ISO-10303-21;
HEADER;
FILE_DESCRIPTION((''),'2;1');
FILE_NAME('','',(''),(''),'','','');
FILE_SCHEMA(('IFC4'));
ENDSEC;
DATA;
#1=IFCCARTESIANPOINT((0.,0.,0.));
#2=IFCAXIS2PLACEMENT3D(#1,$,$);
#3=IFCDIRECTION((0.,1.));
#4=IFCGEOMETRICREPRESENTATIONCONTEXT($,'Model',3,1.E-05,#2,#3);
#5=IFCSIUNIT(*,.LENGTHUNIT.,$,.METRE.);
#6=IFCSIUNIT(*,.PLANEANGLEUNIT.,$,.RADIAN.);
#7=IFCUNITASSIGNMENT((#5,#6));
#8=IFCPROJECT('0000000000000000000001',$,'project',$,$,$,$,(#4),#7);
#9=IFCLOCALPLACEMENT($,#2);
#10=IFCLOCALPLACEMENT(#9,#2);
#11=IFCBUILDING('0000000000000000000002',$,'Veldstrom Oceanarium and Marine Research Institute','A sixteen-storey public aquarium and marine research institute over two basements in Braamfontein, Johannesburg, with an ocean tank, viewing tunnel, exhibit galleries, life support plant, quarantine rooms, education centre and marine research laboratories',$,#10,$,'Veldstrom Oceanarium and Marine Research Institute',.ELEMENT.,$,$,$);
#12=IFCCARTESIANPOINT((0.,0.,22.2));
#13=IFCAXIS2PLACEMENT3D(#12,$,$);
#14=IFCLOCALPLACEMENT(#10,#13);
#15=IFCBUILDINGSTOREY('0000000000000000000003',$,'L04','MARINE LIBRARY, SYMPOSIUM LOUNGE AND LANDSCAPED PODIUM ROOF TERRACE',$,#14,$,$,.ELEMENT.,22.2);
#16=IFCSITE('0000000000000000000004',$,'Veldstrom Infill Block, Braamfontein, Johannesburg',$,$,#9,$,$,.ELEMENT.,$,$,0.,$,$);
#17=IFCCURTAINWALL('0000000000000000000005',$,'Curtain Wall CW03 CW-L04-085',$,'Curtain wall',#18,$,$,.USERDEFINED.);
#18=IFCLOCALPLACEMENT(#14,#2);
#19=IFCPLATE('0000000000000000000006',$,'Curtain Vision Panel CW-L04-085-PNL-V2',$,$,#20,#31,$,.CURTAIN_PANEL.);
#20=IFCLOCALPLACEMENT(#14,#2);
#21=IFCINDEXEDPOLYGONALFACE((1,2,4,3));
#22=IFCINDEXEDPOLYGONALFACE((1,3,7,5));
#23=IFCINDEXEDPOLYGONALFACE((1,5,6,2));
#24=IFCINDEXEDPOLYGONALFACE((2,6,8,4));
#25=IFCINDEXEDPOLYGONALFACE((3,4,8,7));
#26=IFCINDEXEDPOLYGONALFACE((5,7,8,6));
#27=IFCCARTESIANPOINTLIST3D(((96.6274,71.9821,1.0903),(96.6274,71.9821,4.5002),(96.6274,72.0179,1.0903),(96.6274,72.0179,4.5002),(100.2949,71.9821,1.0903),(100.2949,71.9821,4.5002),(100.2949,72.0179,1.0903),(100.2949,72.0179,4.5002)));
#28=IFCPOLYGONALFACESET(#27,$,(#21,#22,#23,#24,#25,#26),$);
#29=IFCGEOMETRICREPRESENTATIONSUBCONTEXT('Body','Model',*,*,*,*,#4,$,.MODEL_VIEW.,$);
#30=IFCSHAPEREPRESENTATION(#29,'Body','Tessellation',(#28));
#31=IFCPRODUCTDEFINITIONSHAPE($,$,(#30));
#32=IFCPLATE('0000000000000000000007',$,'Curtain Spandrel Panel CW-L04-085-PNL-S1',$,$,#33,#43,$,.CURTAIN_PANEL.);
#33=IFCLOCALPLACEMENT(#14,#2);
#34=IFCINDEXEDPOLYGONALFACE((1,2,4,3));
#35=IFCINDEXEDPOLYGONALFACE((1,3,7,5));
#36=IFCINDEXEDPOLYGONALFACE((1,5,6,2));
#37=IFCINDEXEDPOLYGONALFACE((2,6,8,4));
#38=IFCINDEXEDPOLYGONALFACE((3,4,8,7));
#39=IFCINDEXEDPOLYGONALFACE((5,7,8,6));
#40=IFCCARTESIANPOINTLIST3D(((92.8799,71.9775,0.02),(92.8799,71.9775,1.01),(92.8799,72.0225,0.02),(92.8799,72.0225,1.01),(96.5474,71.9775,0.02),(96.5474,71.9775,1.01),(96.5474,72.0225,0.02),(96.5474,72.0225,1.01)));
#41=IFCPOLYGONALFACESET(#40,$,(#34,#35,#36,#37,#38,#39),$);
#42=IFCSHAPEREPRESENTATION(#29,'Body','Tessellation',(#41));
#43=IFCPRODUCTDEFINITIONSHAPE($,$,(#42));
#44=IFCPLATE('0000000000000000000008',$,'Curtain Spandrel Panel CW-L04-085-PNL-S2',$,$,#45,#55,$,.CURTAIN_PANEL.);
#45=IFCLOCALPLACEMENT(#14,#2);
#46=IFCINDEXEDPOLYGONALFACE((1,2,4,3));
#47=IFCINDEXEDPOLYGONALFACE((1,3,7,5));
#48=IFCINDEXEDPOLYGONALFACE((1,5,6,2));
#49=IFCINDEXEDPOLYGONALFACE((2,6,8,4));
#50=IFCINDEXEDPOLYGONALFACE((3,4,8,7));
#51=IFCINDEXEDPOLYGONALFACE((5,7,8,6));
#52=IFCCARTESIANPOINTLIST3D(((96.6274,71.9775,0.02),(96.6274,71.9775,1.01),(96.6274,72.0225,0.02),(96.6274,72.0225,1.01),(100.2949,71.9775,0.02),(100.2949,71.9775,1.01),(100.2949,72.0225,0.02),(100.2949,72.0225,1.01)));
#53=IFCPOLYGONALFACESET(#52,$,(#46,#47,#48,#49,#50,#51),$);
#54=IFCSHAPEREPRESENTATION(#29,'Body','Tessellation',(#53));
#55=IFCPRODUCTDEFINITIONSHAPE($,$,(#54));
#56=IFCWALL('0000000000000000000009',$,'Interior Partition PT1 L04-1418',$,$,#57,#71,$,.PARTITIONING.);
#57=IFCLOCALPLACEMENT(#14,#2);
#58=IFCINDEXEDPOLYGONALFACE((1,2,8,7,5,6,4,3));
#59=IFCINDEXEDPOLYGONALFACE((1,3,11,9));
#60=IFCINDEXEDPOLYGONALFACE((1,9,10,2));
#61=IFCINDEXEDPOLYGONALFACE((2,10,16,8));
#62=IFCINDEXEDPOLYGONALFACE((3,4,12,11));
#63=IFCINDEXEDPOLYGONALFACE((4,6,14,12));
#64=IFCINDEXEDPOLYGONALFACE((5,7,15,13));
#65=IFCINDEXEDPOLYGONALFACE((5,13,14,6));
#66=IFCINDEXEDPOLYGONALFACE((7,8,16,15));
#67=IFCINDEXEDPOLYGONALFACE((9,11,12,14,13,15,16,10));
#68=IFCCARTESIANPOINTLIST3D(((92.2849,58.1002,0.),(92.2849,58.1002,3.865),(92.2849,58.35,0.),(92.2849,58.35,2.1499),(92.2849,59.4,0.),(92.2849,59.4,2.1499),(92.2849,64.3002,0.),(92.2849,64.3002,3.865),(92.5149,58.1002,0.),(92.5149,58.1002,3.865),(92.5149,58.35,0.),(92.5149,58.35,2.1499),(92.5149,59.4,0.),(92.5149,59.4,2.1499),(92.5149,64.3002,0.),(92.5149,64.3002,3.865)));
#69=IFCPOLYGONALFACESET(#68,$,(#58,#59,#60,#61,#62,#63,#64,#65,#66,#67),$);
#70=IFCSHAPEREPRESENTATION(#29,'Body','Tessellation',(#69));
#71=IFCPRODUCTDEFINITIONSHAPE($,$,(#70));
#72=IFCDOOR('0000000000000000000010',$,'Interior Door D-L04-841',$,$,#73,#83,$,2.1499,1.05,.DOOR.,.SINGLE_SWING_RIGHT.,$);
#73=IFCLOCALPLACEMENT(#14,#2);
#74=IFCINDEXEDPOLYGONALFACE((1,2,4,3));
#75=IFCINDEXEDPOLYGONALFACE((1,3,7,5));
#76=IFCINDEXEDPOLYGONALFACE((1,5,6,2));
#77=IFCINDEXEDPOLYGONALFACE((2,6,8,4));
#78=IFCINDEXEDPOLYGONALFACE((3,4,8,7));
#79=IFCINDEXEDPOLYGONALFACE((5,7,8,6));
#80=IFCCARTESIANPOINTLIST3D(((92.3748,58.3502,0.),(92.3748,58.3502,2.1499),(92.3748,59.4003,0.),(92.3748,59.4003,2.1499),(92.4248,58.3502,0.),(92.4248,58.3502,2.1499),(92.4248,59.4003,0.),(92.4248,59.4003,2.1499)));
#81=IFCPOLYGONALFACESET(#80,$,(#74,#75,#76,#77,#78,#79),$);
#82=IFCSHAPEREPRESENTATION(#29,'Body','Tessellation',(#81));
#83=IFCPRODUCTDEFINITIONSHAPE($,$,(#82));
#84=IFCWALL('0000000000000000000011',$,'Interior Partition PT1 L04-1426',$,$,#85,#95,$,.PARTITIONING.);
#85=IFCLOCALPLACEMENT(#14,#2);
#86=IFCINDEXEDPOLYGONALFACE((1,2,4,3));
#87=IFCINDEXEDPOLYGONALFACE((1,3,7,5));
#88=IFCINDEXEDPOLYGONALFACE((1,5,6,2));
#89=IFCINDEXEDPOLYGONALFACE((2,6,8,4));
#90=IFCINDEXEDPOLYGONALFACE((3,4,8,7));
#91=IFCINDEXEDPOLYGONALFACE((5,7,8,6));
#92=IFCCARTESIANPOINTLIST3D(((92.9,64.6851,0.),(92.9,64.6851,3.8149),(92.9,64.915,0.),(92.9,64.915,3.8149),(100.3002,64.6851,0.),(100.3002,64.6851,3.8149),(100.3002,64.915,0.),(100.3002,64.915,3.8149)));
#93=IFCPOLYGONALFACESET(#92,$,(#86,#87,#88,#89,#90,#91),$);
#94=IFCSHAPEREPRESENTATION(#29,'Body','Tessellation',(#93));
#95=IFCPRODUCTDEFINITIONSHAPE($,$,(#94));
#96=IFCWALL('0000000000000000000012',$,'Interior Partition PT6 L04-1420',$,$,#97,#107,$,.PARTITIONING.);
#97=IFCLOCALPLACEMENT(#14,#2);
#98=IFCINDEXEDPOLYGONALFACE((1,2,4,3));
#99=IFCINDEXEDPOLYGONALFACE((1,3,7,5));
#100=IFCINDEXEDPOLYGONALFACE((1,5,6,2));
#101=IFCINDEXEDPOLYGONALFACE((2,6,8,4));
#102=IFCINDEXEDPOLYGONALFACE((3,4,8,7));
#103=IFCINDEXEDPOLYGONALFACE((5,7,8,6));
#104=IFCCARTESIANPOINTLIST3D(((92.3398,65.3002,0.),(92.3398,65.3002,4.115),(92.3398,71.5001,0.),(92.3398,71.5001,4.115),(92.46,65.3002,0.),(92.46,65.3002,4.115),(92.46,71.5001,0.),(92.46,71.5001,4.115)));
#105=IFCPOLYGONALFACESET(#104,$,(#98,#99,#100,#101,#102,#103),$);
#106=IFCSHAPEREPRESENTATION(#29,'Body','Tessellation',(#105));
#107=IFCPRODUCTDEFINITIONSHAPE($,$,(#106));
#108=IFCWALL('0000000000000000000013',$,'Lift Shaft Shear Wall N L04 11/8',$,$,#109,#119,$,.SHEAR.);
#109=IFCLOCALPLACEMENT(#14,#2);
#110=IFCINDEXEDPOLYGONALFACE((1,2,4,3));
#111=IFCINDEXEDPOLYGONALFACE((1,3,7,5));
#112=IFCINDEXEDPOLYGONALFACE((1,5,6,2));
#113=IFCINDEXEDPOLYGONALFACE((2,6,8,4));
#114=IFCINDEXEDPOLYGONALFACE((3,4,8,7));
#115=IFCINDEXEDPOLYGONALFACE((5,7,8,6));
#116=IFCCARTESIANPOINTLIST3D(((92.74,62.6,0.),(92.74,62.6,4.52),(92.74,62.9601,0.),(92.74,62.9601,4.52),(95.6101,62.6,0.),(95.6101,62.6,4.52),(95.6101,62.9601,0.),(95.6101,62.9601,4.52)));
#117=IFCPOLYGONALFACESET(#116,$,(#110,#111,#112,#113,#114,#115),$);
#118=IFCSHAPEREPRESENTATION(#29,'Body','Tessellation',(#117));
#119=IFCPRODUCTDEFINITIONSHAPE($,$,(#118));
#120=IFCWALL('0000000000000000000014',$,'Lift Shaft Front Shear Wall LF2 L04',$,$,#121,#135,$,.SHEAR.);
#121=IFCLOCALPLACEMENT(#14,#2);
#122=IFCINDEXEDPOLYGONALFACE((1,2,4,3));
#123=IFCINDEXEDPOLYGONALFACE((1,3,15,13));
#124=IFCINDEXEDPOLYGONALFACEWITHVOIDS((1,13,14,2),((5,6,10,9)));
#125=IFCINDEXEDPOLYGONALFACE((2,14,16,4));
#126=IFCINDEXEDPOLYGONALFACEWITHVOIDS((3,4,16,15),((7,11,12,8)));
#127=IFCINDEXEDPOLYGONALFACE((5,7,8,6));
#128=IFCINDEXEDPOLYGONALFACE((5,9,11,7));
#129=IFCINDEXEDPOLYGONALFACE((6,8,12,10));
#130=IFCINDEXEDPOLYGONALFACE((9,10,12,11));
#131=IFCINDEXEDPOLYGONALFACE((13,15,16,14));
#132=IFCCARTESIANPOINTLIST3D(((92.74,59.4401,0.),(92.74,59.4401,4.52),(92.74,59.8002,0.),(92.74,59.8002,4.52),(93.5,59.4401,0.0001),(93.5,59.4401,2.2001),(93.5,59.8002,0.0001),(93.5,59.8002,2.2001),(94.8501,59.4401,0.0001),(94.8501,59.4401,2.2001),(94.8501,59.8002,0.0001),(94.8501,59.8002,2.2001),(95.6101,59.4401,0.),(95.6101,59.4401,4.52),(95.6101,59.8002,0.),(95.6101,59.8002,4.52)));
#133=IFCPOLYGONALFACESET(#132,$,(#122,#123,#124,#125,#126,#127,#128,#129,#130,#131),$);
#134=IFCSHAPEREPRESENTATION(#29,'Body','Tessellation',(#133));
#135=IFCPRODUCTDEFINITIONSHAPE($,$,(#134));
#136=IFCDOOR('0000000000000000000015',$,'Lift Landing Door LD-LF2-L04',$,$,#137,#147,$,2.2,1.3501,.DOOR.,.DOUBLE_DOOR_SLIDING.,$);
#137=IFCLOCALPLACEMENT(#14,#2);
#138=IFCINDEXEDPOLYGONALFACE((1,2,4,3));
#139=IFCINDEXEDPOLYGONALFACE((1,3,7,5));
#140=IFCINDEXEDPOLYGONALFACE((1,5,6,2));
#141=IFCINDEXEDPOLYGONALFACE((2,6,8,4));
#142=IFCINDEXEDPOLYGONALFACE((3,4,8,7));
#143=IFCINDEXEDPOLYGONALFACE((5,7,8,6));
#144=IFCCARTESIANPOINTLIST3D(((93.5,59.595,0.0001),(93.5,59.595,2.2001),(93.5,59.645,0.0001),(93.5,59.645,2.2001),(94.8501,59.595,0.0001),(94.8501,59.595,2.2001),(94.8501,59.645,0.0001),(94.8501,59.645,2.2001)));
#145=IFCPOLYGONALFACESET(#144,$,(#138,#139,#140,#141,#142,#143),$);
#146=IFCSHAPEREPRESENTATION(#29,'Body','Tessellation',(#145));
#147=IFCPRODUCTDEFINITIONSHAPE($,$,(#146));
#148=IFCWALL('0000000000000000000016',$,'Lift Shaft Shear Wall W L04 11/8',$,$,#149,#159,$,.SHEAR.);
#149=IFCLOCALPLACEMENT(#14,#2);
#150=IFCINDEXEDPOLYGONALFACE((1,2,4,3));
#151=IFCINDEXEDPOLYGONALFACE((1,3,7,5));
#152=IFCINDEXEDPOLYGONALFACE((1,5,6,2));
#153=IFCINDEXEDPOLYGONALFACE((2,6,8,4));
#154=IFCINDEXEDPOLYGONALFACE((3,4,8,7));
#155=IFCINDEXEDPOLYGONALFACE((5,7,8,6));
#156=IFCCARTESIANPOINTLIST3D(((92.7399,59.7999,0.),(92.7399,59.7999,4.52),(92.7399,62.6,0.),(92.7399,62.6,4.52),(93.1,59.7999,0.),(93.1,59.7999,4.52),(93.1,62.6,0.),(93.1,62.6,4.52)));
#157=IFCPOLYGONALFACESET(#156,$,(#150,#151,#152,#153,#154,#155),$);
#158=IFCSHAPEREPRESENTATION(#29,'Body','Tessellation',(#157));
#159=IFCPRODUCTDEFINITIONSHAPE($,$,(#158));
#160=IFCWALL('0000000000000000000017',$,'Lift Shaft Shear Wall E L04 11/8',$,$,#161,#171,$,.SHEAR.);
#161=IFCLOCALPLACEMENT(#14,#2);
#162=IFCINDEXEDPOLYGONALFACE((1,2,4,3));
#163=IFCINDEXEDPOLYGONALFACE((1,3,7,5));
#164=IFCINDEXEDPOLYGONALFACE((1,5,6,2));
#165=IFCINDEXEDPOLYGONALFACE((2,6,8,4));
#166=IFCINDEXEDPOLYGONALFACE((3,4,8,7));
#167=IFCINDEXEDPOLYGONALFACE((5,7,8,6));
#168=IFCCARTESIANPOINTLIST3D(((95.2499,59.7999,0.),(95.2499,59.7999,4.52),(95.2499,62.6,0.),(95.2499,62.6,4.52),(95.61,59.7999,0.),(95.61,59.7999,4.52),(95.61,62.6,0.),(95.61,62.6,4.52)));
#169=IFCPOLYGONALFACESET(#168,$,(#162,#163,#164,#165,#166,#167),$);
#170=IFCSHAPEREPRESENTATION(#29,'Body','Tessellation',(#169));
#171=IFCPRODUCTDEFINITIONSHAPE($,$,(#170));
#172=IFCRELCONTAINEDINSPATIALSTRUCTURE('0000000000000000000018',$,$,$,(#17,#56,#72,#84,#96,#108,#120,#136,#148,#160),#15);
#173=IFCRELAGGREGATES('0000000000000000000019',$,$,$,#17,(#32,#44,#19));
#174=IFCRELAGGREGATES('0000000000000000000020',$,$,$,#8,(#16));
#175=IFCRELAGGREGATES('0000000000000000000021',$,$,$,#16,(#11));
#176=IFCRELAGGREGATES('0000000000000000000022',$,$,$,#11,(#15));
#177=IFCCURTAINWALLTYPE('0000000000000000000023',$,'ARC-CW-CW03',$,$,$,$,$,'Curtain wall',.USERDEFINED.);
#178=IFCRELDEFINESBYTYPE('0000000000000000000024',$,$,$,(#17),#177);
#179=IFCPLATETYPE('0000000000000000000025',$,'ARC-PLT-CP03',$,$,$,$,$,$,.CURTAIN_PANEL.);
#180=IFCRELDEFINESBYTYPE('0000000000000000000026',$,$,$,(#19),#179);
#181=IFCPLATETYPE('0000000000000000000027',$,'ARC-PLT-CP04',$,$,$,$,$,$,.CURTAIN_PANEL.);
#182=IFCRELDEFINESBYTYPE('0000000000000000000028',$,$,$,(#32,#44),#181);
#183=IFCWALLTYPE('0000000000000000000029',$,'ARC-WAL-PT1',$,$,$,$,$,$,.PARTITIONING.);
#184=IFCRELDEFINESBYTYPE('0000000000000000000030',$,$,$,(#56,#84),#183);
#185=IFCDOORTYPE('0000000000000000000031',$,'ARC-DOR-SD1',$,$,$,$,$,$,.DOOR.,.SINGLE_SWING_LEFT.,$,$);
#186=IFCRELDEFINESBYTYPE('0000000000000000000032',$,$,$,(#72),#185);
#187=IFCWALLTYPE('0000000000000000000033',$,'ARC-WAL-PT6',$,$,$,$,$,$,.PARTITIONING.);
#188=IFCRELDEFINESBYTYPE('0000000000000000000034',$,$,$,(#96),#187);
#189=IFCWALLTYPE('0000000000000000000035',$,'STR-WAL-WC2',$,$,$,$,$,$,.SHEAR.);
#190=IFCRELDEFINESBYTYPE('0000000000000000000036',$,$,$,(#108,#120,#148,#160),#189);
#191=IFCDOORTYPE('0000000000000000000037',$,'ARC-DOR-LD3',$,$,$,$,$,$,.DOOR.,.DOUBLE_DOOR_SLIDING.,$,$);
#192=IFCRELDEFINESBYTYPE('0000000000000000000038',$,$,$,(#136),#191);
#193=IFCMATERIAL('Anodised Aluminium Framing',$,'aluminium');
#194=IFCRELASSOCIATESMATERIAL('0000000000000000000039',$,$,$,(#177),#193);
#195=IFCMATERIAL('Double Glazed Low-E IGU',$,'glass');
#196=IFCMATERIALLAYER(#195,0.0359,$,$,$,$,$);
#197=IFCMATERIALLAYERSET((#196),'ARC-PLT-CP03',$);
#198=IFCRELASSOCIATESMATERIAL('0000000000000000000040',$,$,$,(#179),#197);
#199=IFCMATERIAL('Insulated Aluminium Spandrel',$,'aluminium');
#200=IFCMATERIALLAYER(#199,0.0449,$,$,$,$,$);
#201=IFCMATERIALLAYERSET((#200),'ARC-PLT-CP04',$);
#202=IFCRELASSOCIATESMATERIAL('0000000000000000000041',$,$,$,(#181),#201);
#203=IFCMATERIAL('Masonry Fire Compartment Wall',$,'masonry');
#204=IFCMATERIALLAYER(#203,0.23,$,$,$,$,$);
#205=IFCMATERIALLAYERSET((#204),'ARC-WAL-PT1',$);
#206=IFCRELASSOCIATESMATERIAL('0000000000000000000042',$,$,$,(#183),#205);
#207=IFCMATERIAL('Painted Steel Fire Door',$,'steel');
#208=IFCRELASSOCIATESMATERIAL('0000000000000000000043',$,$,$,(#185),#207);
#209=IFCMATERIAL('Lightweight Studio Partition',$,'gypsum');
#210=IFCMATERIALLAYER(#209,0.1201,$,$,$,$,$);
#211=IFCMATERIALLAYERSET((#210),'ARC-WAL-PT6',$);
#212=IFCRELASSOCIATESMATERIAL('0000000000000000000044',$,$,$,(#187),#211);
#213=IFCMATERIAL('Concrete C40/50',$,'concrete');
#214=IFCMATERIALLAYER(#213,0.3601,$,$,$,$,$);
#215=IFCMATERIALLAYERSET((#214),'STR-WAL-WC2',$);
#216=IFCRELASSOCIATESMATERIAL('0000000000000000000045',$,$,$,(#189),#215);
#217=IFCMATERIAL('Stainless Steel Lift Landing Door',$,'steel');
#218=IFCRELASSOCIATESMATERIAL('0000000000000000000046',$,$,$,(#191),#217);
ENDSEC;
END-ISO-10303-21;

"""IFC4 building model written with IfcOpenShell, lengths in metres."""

from ifc_helpers import new_model, si_unit, direction, frame, frame_2d, origin, origin_2d, place, context, subcontext, project, spatial, rectangle, extrude, material, layer, layer_set, type_object, element, fill, aggregate, save


model = new_model("IFC4")

# Units and contexts
model_context = context("Model", 3, precision=1e-05, world=origin(), true_north=direction((0.0, 1.0)))
body_context = subcontext(model_context, "Body", "Model", "MODEL_VIEW")
ifc_project = project(units=[si_unit("LENGTHUNIT", "METRE"), si_unit("PLANEANGLEUNIT", "RADIAN")], contexts=[model_context])

# Site, building, storey
site_placement = place(None, origin())
site = spatial("IfcSite", under=ifc_project, at=site_placement, Name="Veldstrom Infill Block, Braamfontein, Johannesburg", CompositionType="ELEMENT", RefElevation=0.0)
building_placement = place(site_placement, origin())
building = spatial("IfcBuilding", under=site, at=building_placement, Name="Veldstrom Oceanarium and Marine Research Institute", Description="A sixteen-storey public aquarium and marine research institute over two basements in Braamfontein, Johannesburg, with an ocean tank, viewing tunnel, exhibit galleries, life support plant, quarantine rooms, education centre and marine research laboratories", LongName="Veldstrom Oceanarium and Marine Research Institute", CompositionType="ELEMENT")
storey_placement = place(building_placement, frame((0.0, 0.0, 22.2)))
storey = spatial("IfcBuildingStorey", under=building, at=storey_placement, Name="L04", Description="MARINE LIBRARY, SYMPOSIUM LOUNGE AND LANDSCAPED PODIUM ROOF TERRACE", CompositionType="ELEMENT", Elevation=22.2)

# Curtain wall
ifc_material_1 = material(Name="Anodised Aluminium Framing", Category="aluminium")
curtain_wall_type = type_object("IfcCurtainWallType", Name="ARC-CW-CW03", ElementType="Curtain wall", PredefinedType="USERDEFINED", material=ifc_material_1)
curtain_wall_placement = place(storey_placement, origin())
curtain_wall = element("IfcCurtainWall", 1, at=curtain_wall_placement, inside=storey, type_object=curtain_wall_type, Name="Curtain Wall CW03 CW-L04-085", ObjectType="Curtain wall", PredefinedType="USERDEFINED")

# Plates
ifc_material_2 = material(Name="Double Glazed Low-E IGU", Category="glass")
ifc_layer_1 = layer(ifc_material_2, 0.0359)
ifc_layer_set_1 = layer_set([ifc_layer_1], Name="ARC-PLT-CP03")
plate_type_1 = type_object("IfcPlateType", Name="ARC-PLT-CP03", PredefinedType="CURTAIN_PANEL", material=ifc_layer_set_1)
plate_1_placement = place(storey_placement, frame((98.4612, 72.0, 1.0903), z_axis=(0.0, 0.0, 1.0), x_axis=(1.0, 0.0, 0.0)))
plate_1 = element("IfcPlate", 2, at=plate_1_placement, type_object=plate_type_1, Name="Curtain Vision Panel CW-L04-085-PNL-V2", PredefinedType="CURTAIN_PANEL", context=body_context, shape_type="SweptSolid", body=[
    extrude(rectangle(XDim=3.6675, YDim=0.0359, at=origin_2d()), origin(), (0.0, 0.0, 1.0), 3.4099),
])
ifc_material_3 = material(Name="Insulated Aluminium Spandrel", Category="aluminium")
ifc_layer_2 = layer(ifc_material_3, 0.0449)
ifc_layer_set_2 = layer_set([ifc_layer_2], Name="ARC-PLT-CP04")
plate_type_2 = type_object("IfcPlateType", Name="ARC-PLT-CP04", PredefinedType="CURTAIN_PANEL", material=ifc_layer_set_2)
plate_2_placement = place(storey_placement, frame((94.7136, 72.0, 0.02), z_axis=(0.0, 0.0, 1.0), x_axis=(1.0, 0.0, 0.0)))
plate_2 = element("IfcPlate", 3, at=plate_2_placement, type_object=plate_type_2, Name="Curtain Spandrel Panel CW-L04-085-PNL-S1", PredefinedType="CURTAIN_PANEL", context=body_context, shape_type="SweptSolid", body=[
    extrude(rectangle(XDim=3.6675, YDim=0.0449, at=origin_2d()), origin(), (0.0, 0.0, 1.0), 0.99),
])
plate_3_placement = place(storey_placement, frame((98.4612, 72.0, 0.02), z_axis=(0.0, 0.0, 1.0), x_axis=(1.0, 0.0, 0.0)))
plate_3 = element("IfcPlate", 4, at=plate_3_placement, type_object=plate_type_2, Name="Curtain Spandrel Panel CW-L04-085-PNL-S2", PredefinedType="CURTAIN_PANEL", context=body_context, shape_type="SweptSolid", body=[
    extrude(rectangle(XDim=3.6675, YDim=0.0449, at=origin_2d()), origin(), (0.0, 0.0, 1.0), 0.99),
])
aggregate(curtain_wall, [plate_2, plate_3, plate_1])

# Wall, opening, door
ifc_material_4 = material(Name="Masonry Fire Compartment Wall", Category="masonry")
ifc_layer_3 = layer(ifc_material_4, 0.23)
ifc_layer_set_3 = layer_set([ifc_layer_3], Name="ARC-WAL-PT1")
wall_type_1 = type_object("IfcWallType", Name="ARC-WAL-PT1", PredefinedType="PARTITIONING", material=ifc_layer_set_3)
wall_1_placement = place(storey_placement, frame((92.3999, 58.1001, 0.0), z_axis=(0.0, 0.0, 1.0), x_axis=(0.0, 1.0, 0.0)))
wall_1 = element("IfcWall", 5, at=wall_1_placement, inside=storey, type_object=wall_type_1, Name="Interior Partition PT1 L04-1418", PredefinedType="PARTITIONING", context=body_context, shape_type="SweptSolid", body=[
    extrude(rectangle(XDim=6.2, YDim=0.23, at=frame_2d((3.1001, 0.0))), origin(), (0.0, 0.0, 1.0), 3.865),
])
opening_1_placement = place(wall_1_placement, frame((0.25, 0.0, 0.0)))
opening_1 = element("IfcOpeningElement", 6, at=opening_1_placement, cuts=wall_1, PredefinedType="OPENING", context=body_context, shape_type="SweptSolid", body=[
    extrude(rectangle(XDim=1.05, YDim=2.1499, at=frame_2d((0.5249, 1.075))), frame((0.0, 0.125, 0.0), z_axis=(0.0, -1.0, 0.0), x_axis=(1.0, 0.0, 0.0)), (0.0, 0.0, 1.0), 0.25),
])
ifc_material_5 = material(Name="Painted Steel Fire Door", Category="steel")
door_type_1 = type_object("IfcDoorType", Name="ARC-DOR-SD1", OperationType="SINGLE_SWING_LEFT", PredefinedType="DOOR", material=ifc_material_5)
door_1_placement = place(opening_1_placement, frame((1.05, 0.0, 0.0), z_axis=(0.0, 0.0, 1.0), x_axis=(-1.0, 0.0, 0.0)))
door_1 = element("IfcDoor", 7, at=door_1_placement, inside=storey, type_object=door_type_1, Name="Interior Door D-L04-841", OperationType="SINGLE_SWING_RIGHT", OverallHeight=2.1499, OverallWidth=1.05, PredefinedType="DOOR", context=body_context, shape_type="SweptSolid", body=[
    extrude(rectangle(XDim=1.05, YDim=2.1499, at=frame_2d((0.5249, 1.075))), frame((0.0, 0.0249, 0.0), z_axis=(0.0, -1.0, 0.0), x_axis=(1.0, 0.0, 0.0)), (0.0, 0.0, 1.0), 0.05),
])
fill(opening_1, door_1)

# Walls
wall_2_placement = place(storey_placement, frame((92.8999, 64.8, 0.0), z_axis=(0.0, 0.0, 1.0), x_axis=(1.0, 0.0, 0.0)))
element("IfcWall", 8, at=wall_2_placement, inside=storey, type_object=wall_type_1, Name="Interior Partition PT1 L04-1426", PredefinedType="PARTITIONING", context=body_context, shape_type="SweptSolid", body=[
    extrude(rectangle(XDim=7.4001, YDim=0.23, at=frame_2d((3.7002, 0.0))), origin(), (0.0, 0.0, 1.0), 3.8149),
])
ifc_material_6 = material(Name="Lightweight Studio Partition", Category="gypsum")
ifc_layer_4 = layer(ifc_material_6, 0.1201)
ifc_layer_set_4 = layer_set([ifc_layer_4], Name="ARC-WAL-PT6")
wall_type_2 = type_object("IfcWallType", Name="ARC-WAL-PT6", PredefinedType="PARTITIONING", material=ifc_layer_set_4)
wall_3_placement = place(storey_placement, frame((92.3999, 65.3, 0.0), z_axis=(0.0, 0.0, 1.0), x_axis=(0.0, 1.0, 0.0)))
element("IfcWall", 9, at=wall_3_placement, inside=storey, type_object=wall_type_2, Name="Interior Partition PT6 L04-1420", PredefinedType="PARTITIONING", context=body_context, shape_type="SweptSolid", body=[
    extrude(rectangle(XDim=6.2, YDim=0.1201, at=frame_2d((3.1001, 0.0))), origin(), (0.0, 0.0, 1.0), 4.115),
])
ifc_material_7 = material(Name="Concrete C40/50", Category="concrete")
ifc_layer_5 = layer(ifc_material_7, 0.3601)
ifc_layer_set_5 = layer_set([ifc_layer_5], Name="STR-WAL-WC2")
wall_type_3 = type_object("IfcWallType", Name="STR-WAL-WC2", PredefinedType="SHEAR", material=ifc_layer_set_5)
wall_4_placement = place(storey_placement, frame((92.74, 62.78, 0.0), z_axis=(0.0, 0.0, 1.0), x_axis=(1.0, 0.0, 0.0)))
element("IfcWall", 10, at=wall_4_placement, inside=storey, type_object=wall_type_3, Name="Lift Shaft Shear Wall N L04 11/8", PredefinedType="SHEAR", context=body_context, shape_type="SweptSolid", body=[
    extrude(rectangle(XDim=2.8701, YDim=0.3601, at=frame_2d((1.4351, 0.0))), origin(), (0.0, 0.0, 1.0), 4.52),
])

# Wall, opening, door
wall_5_placement = place(storey_placement, frame((92.74, 59.6201, 0.0), z_axis=(0.0, 0.0, 1.0), x_axis=(1.0, 0.0, 0.0)))
wall_5 = element("IfcWall", 11, at=wall_5_placement, inside=storey, type_object=wall_type_3, Name="Lift Shaft Front Shear Wall LF2 L04", PredefinedType="SHEAR", context=body_context, shape_type="SweptSolid", body=[
    extrude(rectangle(XDim=2.8701, YDim=0.3601, at=frame_2d((1.4351, 0.0))), origin(), (0.0, 0.0, 1.0), 4.52),
])
opening_2_placement = place(wall_5_placement, frame((0.76, 0.0, 0.0)))
opening_2 = element("IfcOpeningElement", 12, at=opening_2_placement, cuts=wall_5, PredefinedType="OPENING", context=body_context, shape_type="SweptSolid", body=[
    extrude(rectangle(XDim=1.3501, YDim=2.2, at=frame_2d((0.675, 1.1001))), frame((0.0, 0.1899, 0.0), z_axis=(0.0, -1.0, 0.0), x_axis=(1.0, 0.0, 0.0)), (0.0, 0.0, 1.0), 0.3801),
])
ifc_material_8 = material(Name="Stainless Steel Lift Landing Door", Category="steel")
door_type_2 = type_object("IfcDoorType", Name="ARC-DOR-LD3", OperationType="DOUBLE_DOOR_SLIDING", PredefinedType="DOOR", material=ifc_material_8)
door_2_placement = place(opening_2_placement, origin())
door_2 = element("IfcDoor", 13, at=door_2_placement, inside=storey, type_object=door_type_2, Name="Lift Landing Door LD-LF2-L04", OperationType="DOUBLE_DOOR_SLIDING", OverallHeight=2.2, OverallWidth=1.3501, PredefinedType="DOOR", context=body_context, shape_type="SweptSolid", body=[
    extrude(rectangle(XDim=1.3501, YDim=2.2, at=frame_2d((0.675, 1.1001))), frame((0.0, 0.0249, 0.0), z_axis=(0.0, -1.0, 0.0), x_axis=(1.0, 0.0, 0.0)), (0.0, 0.0, 1.0), 0.05),
])
fill(opening_2, door_2)

# Walls
for number, where, z_axis, x_axis, name in (
    (14, (92.9199, 59.8, 0.0), (0.0, 0.0, 1.0), (0.0, 1.0, 0.0), "Lift Shaft Shear Wall W L04 11/8"),
    (15, (95.4299, 59.8, 0.0), (0.0, 0.0, 1.0), (0.0, 1.0, 0.0), "Lift Shaft Shear Wall E L04 11/8"),
):
    element("IfcWall", number, at=place(storey_placement, frame(where, z_axis=z_axis, x_axis=x_axis)), inside=storey, type_object=wall_type_3, Name=name, PredefinedType="SHEAR", context=body_context, shape_type="SweptSolid", body=[
        extrude(rectangle(XDim=2.8, YDim=0.3601, at=frame_2d((1.3999, 0.0))), origin(), (0.0, 0.0, 1.0), 4.52),
    ])

save(model, "model.ifc")
